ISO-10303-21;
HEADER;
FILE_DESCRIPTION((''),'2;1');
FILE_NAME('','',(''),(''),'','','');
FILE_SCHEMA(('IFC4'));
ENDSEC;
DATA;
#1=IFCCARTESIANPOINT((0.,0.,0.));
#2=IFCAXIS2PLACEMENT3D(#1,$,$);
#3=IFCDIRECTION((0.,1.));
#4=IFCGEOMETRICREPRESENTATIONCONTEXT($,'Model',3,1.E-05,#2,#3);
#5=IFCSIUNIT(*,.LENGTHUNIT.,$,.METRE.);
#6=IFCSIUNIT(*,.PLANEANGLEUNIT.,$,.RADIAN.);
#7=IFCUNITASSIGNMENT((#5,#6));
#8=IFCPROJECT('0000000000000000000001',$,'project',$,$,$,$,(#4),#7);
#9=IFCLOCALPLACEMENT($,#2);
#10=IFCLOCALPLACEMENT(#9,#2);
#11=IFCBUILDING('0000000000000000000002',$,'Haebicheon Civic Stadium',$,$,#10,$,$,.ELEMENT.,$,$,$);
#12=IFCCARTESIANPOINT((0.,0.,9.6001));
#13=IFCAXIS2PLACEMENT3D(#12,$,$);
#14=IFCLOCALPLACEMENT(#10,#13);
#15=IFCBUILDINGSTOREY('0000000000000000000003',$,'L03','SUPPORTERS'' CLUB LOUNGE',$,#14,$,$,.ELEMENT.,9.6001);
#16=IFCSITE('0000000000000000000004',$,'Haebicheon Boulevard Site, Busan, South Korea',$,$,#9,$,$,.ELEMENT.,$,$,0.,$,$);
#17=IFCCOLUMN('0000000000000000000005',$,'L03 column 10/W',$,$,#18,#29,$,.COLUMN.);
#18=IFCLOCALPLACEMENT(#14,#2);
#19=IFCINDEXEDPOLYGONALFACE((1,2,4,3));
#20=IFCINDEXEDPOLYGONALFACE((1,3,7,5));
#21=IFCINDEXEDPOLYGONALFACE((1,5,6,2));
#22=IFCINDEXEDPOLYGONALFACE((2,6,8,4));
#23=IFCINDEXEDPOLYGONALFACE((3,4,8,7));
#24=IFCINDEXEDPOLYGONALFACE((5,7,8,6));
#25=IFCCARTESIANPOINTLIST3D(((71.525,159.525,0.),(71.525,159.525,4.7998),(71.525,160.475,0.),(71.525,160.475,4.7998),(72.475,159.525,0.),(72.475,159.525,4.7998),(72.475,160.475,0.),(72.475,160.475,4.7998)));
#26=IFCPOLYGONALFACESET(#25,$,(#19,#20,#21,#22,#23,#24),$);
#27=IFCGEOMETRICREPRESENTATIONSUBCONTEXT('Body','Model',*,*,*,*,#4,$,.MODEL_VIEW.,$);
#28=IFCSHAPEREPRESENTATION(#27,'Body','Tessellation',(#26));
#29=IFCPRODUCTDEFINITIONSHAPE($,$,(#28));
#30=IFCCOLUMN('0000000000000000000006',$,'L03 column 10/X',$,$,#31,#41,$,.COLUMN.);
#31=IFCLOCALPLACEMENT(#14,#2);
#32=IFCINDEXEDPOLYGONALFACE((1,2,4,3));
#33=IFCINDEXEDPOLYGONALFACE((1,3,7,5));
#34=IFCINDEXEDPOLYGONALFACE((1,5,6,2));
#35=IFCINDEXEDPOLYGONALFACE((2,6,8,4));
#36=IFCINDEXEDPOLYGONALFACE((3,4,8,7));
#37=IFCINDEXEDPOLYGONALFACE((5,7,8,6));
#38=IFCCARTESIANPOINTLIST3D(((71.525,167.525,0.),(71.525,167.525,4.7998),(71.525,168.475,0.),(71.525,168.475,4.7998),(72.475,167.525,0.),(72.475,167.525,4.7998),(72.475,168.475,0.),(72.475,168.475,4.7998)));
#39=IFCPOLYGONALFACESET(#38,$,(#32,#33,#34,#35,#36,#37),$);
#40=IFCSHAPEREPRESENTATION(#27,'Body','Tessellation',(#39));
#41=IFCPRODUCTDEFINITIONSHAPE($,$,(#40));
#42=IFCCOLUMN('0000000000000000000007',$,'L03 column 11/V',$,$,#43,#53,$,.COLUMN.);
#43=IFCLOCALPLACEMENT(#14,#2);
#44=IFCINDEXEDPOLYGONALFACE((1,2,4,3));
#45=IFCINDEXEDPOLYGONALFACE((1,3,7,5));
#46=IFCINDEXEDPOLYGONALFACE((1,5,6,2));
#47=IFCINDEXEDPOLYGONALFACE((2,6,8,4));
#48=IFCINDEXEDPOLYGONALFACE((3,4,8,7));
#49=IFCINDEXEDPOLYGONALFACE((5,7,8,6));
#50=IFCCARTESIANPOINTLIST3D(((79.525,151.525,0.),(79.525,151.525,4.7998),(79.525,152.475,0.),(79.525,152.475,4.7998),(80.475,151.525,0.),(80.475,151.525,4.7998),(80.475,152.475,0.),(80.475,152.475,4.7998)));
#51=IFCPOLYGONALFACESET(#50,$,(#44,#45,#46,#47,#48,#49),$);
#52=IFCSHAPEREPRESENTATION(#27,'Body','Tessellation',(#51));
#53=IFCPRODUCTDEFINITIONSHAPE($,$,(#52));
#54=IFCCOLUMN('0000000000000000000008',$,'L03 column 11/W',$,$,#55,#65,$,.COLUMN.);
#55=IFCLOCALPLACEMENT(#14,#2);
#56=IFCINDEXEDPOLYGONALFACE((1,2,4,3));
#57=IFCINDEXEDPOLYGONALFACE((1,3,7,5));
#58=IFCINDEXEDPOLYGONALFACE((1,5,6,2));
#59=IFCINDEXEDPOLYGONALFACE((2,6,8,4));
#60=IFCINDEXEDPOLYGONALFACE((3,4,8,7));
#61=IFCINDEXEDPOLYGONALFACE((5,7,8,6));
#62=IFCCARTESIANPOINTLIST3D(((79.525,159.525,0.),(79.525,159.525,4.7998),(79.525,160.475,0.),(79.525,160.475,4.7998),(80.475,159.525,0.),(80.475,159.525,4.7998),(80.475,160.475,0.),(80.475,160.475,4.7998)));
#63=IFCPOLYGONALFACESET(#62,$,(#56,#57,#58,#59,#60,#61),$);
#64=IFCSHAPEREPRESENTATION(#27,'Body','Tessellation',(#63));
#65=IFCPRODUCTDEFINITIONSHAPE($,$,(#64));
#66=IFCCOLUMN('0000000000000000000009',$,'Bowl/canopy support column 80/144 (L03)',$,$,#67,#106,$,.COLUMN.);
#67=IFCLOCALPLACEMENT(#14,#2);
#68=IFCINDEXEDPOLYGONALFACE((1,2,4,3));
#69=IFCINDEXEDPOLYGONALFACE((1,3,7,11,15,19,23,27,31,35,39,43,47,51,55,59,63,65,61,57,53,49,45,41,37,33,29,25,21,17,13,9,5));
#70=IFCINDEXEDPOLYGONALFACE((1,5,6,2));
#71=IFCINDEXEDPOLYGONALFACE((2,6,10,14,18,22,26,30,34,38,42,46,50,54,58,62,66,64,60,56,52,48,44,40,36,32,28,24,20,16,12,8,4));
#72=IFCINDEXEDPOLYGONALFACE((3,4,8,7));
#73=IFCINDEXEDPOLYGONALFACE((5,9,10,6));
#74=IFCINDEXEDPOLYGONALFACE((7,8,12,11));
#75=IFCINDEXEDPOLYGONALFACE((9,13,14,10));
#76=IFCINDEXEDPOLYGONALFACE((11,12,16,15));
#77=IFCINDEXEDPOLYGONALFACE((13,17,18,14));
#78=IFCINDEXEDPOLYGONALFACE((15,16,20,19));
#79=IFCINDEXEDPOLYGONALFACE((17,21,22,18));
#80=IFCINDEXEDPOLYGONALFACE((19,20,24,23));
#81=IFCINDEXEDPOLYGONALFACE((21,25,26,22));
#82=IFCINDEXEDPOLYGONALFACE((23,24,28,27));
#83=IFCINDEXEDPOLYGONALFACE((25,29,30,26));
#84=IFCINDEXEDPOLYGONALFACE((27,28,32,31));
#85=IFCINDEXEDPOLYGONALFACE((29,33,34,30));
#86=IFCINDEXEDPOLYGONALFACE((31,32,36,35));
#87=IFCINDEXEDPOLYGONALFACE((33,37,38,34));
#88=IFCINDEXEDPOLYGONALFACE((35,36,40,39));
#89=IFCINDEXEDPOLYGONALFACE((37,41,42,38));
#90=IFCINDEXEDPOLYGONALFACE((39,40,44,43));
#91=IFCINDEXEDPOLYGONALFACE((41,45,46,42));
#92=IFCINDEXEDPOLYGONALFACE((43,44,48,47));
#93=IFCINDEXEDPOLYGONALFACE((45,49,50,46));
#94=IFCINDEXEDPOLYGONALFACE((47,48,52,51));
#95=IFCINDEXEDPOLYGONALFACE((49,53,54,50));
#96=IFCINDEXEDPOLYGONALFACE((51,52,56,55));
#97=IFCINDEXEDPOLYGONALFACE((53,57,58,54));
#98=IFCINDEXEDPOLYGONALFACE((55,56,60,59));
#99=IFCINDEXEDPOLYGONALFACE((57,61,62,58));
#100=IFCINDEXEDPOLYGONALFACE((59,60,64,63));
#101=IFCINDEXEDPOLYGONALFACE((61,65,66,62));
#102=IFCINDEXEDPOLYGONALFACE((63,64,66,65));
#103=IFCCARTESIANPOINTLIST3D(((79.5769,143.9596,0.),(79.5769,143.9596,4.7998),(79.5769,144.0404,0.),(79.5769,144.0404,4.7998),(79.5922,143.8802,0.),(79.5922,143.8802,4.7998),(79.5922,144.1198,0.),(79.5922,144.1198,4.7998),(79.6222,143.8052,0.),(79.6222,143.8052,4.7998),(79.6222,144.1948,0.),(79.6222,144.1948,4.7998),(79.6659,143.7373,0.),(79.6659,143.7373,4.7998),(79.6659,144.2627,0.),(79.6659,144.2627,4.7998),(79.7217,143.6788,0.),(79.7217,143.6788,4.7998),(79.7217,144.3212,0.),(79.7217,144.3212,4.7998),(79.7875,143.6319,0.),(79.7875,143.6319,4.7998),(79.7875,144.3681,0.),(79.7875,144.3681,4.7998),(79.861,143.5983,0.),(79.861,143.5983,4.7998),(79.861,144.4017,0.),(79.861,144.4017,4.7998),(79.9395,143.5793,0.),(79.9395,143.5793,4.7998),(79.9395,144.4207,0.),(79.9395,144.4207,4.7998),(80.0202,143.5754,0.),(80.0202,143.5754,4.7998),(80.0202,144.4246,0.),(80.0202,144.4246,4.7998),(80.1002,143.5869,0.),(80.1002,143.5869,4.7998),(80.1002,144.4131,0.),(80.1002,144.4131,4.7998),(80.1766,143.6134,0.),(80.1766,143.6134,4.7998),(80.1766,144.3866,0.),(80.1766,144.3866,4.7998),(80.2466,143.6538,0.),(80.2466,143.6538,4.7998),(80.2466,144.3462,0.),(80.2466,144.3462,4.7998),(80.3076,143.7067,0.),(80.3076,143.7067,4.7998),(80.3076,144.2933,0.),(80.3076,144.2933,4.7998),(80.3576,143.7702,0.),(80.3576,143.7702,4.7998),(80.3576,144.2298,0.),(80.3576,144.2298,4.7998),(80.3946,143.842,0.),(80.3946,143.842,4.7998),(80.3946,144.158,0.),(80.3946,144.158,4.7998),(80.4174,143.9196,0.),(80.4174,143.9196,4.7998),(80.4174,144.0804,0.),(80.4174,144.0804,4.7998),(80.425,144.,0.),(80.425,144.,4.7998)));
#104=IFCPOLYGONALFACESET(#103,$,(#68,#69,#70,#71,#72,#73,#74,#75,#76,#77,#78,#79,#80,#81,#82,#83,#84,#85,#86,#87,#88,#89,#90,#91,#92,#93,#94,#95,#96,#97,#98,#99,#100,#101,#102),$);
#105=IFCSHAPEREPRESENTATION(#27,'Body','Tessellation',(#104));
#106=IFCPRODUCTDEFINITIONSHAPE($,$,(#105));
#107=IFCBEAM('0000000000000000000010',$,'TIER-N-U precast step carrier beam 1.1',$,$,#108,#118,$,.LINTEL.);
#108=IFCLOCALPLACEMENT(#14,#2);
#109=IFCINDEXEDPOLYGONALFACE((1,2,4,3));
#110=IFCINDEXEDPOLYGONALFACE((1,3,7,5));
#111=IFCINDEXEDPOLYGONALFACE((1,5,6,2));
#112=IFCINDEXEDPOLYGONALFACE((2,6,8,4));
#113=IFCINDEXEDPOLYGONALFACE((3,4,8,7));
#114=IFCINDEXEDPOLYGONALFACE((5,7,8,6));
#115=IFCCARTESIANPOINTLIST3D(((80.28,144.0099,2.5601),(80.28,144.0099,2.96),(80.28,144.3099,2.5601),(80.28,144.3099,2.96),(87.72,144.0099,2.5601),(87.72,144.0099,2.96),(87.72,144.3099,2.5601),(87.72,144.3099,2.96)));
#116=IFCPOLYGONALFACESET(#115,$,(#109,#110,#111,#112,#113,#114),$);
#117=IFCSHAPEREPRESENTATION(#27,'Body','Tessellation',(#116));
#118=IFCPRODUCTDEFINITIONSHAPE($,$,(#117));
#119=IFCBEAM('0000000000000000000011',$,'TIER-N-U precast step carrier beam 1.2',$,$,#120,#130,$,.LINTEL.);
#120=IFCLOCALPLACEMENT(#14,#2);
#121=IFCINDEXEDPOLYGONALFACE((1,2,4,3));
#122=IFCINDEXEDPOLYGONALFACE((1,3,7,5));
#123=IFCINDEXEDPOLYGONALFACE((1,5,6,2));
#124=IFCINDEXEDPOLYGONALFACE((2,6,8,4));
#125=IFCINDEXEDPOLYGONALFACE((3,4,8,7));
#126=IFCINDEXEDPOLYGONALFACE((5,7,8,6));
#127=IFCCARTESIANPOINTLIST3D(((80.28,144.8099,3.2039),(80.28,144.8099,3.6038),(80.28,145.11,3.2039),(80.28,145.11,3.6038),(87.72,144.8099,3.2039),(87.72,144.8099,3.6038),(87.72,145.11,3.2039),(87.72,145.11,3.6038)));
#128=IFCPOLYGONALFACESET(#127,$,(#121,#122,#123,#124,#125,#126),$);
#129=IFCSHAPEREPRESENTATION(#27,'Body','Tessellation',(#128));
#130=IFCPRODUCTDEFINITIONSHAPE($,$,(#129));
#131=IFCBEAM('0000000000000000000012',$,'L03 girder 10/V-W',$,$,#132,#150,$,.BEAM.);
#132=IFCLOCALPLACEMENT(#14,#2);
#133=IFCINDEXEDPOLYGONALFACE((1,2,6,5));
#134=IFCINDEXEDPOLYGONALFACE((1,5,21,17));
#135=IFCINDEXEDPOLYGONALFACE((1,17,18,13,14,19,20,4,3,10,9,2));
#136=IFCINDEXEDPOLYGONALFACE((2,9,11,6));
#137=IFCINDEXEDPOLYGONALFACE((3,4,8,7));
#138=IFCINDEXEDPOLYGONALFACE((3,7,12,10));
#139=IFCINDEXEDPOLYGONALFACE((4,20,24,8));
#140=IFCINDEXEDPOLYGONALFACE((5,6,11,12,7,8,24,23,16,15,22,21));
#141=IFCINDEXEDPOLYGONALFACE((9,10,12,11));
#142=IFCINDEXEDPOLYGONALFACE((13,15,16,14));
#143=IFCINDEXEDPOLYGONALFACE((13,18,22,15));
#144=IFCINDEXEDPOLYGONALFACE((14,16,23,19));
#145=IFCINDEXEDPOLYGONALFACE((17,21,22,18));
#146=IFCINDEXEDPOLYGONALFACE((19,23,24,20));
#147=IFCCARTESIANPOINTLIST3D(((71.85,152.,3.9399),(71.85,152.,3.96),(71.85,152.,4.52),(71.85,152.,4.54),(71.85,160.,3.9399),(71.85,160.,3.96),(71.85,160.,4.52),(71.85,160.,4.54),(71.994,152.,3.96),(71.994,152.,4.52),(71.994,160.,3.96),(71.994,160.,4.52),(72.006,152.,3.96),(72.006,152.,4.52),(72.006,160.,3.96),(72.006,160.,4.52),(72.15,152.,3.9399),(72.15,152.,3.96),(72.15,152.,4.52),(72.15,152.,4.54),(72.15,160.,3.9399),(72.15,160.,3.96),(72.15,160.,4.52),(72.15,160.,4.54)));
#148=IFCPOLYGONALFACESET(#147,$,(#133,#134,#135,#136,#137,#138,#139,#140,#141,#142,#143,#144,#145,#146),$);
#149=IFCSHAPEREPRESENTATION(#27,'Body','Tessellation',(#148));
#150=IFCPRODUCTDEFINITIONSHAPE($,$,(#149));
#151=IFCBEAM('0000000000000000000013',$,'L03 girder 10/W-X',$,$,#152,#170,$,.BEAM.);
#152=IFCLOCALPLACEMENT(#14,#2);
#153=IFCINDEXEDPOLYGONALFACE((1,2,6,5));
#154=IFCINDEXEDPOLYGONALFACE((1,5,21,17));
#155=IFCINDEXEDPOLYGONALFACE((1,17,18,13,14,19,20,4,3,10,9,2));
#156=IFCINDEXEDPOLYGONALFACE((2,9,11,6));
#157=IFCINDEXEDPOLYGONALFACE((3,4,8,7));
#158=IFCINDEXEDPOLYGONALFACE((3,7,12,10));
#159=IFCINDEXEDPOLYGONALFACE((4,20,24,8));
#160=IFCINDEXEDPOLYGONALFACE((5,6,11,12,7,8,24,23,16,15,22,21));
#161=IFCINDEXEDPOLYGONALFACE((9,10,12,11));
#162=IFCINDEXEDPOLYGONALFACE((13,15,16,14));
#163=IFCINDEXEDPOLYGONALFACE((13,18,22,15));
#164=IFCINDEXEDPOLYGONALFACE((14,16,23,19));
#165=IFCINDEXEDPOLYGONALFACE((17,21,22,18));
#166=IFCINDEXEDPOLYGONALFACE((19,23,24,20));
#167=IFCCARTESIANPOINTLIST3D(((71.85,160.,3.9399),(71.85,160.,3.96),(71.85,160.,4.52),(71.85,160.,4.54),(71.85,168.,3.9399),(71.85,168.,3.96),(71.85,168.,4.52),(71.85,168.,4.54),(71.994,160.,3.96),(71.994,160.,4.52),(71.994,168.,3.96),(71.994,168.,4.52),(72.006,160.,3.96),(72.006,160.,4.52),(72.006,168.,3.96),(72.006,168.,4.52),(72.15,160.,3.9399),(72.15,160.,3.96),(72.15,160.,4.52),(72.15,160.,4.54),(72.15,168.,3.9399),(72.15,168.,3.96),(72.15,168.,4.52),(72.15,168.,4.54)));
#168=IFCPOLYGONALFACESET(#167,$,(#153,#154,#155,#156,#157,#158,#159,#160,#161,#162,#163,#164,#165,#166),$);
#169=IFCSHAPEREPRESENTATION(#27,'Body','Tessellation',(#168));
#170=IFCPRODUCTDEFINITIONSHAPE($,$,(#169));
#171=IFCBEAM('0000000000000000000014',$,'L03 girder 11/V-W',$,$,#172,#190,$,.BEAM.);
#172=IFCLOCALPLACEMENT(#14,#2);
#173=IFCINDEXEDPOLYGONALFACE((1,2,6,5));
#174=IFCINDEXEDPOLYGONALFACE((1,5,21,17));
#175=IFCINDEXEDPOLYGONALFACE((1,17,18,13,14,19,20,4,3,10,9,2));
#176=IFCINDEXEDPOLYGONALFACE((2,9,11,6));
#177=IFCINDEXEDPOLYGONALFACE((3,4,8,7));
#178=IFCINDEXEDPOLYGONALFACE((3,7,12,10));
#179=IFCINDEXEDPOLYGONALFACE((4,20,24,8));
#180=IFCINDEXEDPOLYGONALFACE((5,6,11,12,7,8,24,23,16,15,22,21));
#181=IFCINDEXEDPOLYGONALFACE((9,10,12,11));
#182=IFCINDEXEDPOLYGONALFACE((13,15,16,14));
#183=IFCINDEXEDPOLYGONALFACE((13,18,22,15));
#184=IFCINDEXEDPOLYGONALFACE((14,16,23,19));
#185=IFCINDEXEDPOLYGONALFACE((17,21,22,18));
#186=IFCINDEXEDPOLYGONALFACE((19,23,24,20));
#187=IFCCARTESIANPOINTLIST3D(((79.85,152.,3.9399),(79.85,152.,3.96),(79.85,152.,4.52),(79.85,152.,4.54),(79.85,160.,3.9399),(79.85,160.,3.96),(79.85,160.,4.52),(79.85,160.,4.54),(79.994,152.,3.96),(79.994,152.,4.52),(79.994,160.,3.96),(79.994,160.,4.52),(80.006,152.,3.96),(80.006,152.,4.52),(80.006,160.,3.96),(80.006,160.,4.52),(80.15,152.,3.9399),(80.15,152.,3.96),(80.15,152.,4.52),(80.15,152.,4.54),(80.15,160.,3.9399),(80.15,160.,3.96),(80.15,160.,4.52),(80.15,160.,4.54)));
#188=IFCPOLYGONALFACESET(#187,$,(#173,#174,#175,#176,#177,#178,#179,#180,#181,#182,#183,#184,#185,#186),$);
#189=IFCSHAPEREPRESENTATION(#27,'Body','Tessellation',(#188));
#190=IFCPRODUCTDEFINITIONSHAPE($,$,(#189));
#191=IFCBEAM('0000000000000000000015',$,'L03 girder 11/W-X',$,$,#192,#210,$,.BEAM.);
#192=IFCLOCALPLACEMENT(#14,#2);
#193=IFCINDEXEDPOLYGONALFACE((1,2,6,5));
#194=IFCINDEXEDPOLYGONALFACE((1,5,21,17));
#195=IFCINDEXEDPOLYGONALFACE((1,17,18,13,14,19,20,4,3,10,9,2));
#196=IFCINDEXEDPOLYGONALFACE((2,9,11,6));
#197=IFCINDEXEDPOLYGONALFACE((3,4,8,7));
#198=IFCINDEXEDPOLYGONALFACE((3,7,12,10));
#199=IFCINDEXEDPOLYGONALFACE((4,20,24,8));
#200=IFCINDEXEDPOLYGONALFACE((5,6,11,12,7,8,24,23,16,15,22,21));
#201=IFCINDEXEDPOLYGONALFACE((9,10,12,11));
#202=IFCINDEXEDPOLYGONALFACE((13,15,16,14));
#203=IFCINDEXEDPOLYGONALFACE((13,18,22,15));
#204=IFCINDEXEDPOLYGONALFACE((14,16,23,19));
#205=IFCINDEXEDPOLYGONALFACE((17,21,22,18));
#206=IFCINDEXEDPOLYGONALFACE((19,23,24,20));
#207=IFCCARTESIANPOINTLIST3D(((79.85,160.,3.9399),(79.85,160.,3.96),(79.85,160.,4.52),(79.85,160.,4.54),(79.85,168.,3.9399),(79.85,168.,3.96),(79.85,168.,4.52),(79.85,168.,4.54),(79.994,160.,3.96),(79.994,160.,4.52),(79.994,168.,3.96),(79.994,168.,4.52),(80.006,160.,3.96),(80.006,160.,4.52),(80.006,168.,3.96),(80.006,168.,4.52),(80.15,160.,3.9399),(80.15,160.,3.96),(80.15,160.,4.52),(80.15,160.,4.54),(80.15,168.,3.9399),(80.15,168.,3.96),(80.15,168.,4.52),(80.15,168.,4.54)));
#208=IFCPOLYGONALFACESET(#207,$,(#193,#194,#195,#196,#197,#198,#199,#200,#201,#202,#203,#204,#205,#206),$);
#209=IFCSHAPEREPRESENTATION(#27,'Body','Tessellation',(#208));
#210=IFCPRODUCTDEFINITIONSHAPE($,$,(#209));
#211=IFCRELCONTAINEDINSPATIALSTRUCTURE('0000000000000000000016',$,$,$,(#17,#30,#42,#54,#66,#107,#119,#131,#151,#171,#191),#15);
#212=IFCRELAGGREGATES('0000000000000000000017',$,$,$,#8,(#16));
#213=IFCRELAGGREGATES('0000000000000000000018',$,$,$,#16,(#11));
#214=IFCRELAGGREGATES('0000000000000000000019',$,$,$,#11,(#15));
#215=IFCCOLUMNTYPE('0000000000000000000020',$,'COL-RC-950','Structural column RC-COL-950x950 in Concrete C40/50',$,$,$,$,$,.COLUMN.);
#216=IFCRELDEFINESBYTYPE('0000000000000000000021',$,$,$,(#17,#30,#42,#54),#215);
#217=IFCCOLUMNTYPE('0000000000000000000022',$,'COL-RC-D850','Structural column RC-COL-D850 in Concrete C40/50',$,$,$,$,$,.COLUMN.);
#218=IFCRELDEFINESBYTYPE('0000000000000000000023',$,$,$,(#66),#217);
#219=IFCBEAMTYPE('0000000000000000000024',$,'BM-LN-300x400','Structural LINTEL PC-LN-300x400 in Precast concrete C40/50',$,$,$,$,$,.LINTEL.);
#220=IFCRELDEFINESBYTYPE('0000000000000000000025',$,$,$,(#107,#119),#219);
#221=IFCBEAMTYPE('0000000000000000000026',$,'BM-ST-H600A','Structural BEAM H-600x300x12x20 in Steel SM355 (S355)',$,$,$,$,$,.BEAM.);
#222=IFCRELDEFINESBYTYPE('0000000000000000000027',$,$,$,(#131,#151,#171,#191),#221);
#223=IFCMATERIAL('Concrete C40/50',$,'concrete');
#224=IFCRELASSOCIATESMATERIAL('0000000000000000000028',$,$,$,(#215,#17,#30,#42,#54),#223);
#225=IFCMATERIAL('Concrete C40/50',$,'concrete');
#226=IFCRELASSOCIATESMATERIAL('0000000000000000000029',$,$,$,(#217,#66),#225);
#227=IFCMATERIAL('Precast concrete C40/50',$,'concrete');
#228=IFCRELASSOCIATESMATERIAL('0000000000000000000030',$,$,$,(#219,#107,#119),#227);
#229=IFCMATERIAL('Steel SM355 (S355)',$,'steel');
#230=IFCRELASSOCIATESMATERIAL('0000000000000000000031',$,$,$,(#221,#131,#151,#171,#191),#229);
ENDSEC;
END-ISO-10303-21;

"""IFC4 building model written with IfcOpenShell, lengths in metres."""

from ifc_helpers import new_model, si_unit, direction, frame, origin, origin_2d, place, context, subcontext, project, spatial, rectangle, circle, i_section, extrude, material, material_profile, profile_set, type_object, element, save


model = new_model("IFC4")

# Units and contexts
model_context = context("Model", 3, precision=1e-05, world=origin(), true_north=direction((0.0, 1.0)))
body_context = subcontext(model_context, "Body", "Model", "MODEL_VIEW")
ifc_project = project(units=[si_unit("LENGTHUNIT", "METRE"), si_unit("PLANEANGLEUNIT", "RADIAN")], contexts=[model_context])

# Site, building, storey
site_placement = place(None, origin())
site = spatial("IfcSite", under=ifc_project, at=site_placement, Name="Haebicheon Boulevard Site, Busan, South Korea", CompositionType="ELEMENT", RefElevation=0.0)
building_placement = place(site_placement, origin())
building = spatial("IfcBuilding", under=site, at=building_placement, Name="Haebicheon Civic Stadium", CompositionType="ELEMENT")
storey_placement = place(building_placement, frame((0.0, 0.0, 9.6001)))
storey = spatial("IfcBuildingStorey", under=building, at=storey_placement, Name="L03", Description="SUPPORTERS' CLUB LOUNGE", CompositionType="ELEMENT", Elevation=9.6001)

# Columns
ifc_material_1 = material(Name="Concrete C40/50", Category="concrete")
ifc_material_profile_1 = material_profile(ifc_material_1, rectangle(XDim=0.95, YDim=0.95, at=origin_2d()), Name="RC-COL-950x950")
ifc_profile_set_1 = profile_set([ifc_material_profile_1], Name="Concrete C40/50")
column_type_1 = type_object("IfcColumnType", Name="COL-RC-950", Description="Structural column RC-COL-950x950 in Concrete C40/50", PredefinedType="COLUMN", material=ifc_profile_set_1)
for number, where, z_axis, x_axis, name in (
    (1, (72.0, 160.0, 0.0), (0.0, 0.0, 1.0), (1.0, 0.0, 0.0), "L03 column 10/W"),
    (2, (72.0, 168.0, 0.0), (0.0, 0.0, 1.0), (1.0, 0.0, 0.0), "L03 column 10/X"),
    (3, (80.0, 152.0, 0.0), (0.0, 0.0, 1.0), (1.0, 0.0, 0.0), "L03 column 11/V"),
    (4, (80.0, 160.0, 0.0), (0.0, 0.0, 1.0), (1.0, 0.0, 0.0), "L03 column 11/W"),
):
    element("IfcColumn", number, at=place(storey_placement, frame(where, z_axis=z_axis, x_axis=x_axis)), inside=storey, type_object=column_type_1, material=ifc_profile_set_1, Name=name, PredefinedType="COLUMN", context=body_context, shape_type="SweptSolid", body=[
        extrude(rectangle(XDim=0.95, YDim=0.95, at=origin_2d()), origin(), (0.0, 0.0, 1.0), 4.7998),
    ])
ifc_material_2 = material(Name="Concrete C40/50", Category="concrete")
ifc_material_profile_2 = material_profile(ifc_material_2, circle(Radius=0.425, at=origin_2d()), Name="RC-COL-D850")
ifc_profile_set_2 = profile_set([ifc_material_profile_2], Name="Concrete C40/50")
column_type_2 = type_object("IfcColumnType", Name="COL-RC-D850", Description="Structural column RC-COL-D850 in Concrete C40/50", PredefinedType="COLUMN", material=ifc_profile_set_2)
column_placement = place(storey_placement, frame((80.0, 144.0, 0.0), z_axis=(0.0, 0.0, 1.0), x_axis=(1.0, 0.0, 0.0)))
element("IfcColumn", 5, at=column_placement, inside=storey, type_object=column_type_2, material=ifc_profile_set_2, Name="Bowl/canopy support column 80/144 (L03)", PredefinedType="COLUMN", context=body_context, shape_type="SweptSolid", body=[
    extrude(circle(Radius=0.425, at=origin_2d()), origin(), (0.0, 0.0, 1.0), 4.7998),
])

# Beams
ifc_material_3 = material(Name="Precast concrete C40/50", Category="concrete")
ifc_material_profile_3 = material_profile(ifc_material_3, rectangle(XDim=0.3, YDim=0.3999, at=origin_2d()), Name="PC-LN-300x400")
ifc_profile_set_3 = profile_set([ifc_material_profile_3], Name="Precast concrete C40/50")
beam_type_1 = type_object("IfcBeamType", Name="BM-LN-300x400", Description="Structural LINTEL PC-LN-300x400 in Precast concrete C40/50", PredefinedType="LINTEL", material=ifc_profile_set_3)
for number, where, z_axis, x_axis, name in (
    (6, (80.28, 144.1599, 2.76), (1.0, 0.0, 0.0), (0.0, 1.0, 0.0), "TIER-N-U precast step carrier beam 1.1"),
    (7, (80.28, 144.96, 3.4038), (1.0, 0.0, 0.0), (0.0, 1.0, 0.0), "TIER-N-U precast step carrier beam 1.2"),
):
    element("IfcBeam", number, at=place(storey_placement, frame(where, z_axis=z_axis, x_axis=x_axis)), inside=storey, type_object=beam_type_1, material=ifc_profile_set_3, Name=name, PredefinedType="LINTEL", context=body_context, shape_type="SweptSolid", body=[
        extrude(rectangle(XDim=0.3, YDim=0.3999, at=origin_2d()), origin(), (0.0, 0.0, 1.0), 7.4399),
    ])
ifc_material_4 = material(Name="Steel SM355 (S355)", Category="steel")
ifc_material_profile_4 = material_profile(ifc_material_4, i_section(OverallWidth=0.3, OverallDepth=0.6001, WebThickness=0.012, FlangeThickness=0.02, at=origin_2d()), Name="H-600x300x12x20")
ifc_profile_set_4 = profile_set([ifc_material_profile_4], Name="Steel SM355 (S355)")
beam_type_2 = type_object("IfcBeamType", Name="BM-ST-H600A", Description="Structural BEAM H-600x300x12x20 in Steel SM355 (S355)", PredefinedType="BEAM", material=ifc_profile_set_4)
for number, where, z_axis, x_axis, name in (
    (8, (72.0, 152.0, 4.24), (0.0, 1.0, 0.0), (-1.0, 0.0, 0.0), "L03 girder 10/V-W"),
    (9, (72.0, 160.0, 4.24), (0.0, 1.0, 0.0), (-1.0, 0.0, 0.0), "L03 girder 10/W-X"),
    (10, (80.0, 152.0, 4.24), (0.0, 1.0, 0.0), (-1.0, 0.0, 0.0), "L03 girder 11/V-W"),
    (11, (80.0, 160.0, 4.24), (0.0, 1.0, 0.0), (-1.0, 0.0, 0.0), "L03 girder 11/W-X"),
):
    element("IfcBeam", number, at=place(storey_placement, frame(where, z_axis=z_axis, x_axis=x_axis)), inside=storey, type_object=beam_type_2, material=ifc_profile_set_4, Name=name, PredefinedType="BEAM", context=body_context, shape_type="SweptSolid", body=[
        extrude(i_section(OverallWidth=0.3, OverallDepth=0.6001, WebThickness=0.012, FlangeThickness=0.02, at=origin_2d()), origin(), (0.0, 0.0, 1.0), 8.0),
    ])

save(model, "model.ifc")
